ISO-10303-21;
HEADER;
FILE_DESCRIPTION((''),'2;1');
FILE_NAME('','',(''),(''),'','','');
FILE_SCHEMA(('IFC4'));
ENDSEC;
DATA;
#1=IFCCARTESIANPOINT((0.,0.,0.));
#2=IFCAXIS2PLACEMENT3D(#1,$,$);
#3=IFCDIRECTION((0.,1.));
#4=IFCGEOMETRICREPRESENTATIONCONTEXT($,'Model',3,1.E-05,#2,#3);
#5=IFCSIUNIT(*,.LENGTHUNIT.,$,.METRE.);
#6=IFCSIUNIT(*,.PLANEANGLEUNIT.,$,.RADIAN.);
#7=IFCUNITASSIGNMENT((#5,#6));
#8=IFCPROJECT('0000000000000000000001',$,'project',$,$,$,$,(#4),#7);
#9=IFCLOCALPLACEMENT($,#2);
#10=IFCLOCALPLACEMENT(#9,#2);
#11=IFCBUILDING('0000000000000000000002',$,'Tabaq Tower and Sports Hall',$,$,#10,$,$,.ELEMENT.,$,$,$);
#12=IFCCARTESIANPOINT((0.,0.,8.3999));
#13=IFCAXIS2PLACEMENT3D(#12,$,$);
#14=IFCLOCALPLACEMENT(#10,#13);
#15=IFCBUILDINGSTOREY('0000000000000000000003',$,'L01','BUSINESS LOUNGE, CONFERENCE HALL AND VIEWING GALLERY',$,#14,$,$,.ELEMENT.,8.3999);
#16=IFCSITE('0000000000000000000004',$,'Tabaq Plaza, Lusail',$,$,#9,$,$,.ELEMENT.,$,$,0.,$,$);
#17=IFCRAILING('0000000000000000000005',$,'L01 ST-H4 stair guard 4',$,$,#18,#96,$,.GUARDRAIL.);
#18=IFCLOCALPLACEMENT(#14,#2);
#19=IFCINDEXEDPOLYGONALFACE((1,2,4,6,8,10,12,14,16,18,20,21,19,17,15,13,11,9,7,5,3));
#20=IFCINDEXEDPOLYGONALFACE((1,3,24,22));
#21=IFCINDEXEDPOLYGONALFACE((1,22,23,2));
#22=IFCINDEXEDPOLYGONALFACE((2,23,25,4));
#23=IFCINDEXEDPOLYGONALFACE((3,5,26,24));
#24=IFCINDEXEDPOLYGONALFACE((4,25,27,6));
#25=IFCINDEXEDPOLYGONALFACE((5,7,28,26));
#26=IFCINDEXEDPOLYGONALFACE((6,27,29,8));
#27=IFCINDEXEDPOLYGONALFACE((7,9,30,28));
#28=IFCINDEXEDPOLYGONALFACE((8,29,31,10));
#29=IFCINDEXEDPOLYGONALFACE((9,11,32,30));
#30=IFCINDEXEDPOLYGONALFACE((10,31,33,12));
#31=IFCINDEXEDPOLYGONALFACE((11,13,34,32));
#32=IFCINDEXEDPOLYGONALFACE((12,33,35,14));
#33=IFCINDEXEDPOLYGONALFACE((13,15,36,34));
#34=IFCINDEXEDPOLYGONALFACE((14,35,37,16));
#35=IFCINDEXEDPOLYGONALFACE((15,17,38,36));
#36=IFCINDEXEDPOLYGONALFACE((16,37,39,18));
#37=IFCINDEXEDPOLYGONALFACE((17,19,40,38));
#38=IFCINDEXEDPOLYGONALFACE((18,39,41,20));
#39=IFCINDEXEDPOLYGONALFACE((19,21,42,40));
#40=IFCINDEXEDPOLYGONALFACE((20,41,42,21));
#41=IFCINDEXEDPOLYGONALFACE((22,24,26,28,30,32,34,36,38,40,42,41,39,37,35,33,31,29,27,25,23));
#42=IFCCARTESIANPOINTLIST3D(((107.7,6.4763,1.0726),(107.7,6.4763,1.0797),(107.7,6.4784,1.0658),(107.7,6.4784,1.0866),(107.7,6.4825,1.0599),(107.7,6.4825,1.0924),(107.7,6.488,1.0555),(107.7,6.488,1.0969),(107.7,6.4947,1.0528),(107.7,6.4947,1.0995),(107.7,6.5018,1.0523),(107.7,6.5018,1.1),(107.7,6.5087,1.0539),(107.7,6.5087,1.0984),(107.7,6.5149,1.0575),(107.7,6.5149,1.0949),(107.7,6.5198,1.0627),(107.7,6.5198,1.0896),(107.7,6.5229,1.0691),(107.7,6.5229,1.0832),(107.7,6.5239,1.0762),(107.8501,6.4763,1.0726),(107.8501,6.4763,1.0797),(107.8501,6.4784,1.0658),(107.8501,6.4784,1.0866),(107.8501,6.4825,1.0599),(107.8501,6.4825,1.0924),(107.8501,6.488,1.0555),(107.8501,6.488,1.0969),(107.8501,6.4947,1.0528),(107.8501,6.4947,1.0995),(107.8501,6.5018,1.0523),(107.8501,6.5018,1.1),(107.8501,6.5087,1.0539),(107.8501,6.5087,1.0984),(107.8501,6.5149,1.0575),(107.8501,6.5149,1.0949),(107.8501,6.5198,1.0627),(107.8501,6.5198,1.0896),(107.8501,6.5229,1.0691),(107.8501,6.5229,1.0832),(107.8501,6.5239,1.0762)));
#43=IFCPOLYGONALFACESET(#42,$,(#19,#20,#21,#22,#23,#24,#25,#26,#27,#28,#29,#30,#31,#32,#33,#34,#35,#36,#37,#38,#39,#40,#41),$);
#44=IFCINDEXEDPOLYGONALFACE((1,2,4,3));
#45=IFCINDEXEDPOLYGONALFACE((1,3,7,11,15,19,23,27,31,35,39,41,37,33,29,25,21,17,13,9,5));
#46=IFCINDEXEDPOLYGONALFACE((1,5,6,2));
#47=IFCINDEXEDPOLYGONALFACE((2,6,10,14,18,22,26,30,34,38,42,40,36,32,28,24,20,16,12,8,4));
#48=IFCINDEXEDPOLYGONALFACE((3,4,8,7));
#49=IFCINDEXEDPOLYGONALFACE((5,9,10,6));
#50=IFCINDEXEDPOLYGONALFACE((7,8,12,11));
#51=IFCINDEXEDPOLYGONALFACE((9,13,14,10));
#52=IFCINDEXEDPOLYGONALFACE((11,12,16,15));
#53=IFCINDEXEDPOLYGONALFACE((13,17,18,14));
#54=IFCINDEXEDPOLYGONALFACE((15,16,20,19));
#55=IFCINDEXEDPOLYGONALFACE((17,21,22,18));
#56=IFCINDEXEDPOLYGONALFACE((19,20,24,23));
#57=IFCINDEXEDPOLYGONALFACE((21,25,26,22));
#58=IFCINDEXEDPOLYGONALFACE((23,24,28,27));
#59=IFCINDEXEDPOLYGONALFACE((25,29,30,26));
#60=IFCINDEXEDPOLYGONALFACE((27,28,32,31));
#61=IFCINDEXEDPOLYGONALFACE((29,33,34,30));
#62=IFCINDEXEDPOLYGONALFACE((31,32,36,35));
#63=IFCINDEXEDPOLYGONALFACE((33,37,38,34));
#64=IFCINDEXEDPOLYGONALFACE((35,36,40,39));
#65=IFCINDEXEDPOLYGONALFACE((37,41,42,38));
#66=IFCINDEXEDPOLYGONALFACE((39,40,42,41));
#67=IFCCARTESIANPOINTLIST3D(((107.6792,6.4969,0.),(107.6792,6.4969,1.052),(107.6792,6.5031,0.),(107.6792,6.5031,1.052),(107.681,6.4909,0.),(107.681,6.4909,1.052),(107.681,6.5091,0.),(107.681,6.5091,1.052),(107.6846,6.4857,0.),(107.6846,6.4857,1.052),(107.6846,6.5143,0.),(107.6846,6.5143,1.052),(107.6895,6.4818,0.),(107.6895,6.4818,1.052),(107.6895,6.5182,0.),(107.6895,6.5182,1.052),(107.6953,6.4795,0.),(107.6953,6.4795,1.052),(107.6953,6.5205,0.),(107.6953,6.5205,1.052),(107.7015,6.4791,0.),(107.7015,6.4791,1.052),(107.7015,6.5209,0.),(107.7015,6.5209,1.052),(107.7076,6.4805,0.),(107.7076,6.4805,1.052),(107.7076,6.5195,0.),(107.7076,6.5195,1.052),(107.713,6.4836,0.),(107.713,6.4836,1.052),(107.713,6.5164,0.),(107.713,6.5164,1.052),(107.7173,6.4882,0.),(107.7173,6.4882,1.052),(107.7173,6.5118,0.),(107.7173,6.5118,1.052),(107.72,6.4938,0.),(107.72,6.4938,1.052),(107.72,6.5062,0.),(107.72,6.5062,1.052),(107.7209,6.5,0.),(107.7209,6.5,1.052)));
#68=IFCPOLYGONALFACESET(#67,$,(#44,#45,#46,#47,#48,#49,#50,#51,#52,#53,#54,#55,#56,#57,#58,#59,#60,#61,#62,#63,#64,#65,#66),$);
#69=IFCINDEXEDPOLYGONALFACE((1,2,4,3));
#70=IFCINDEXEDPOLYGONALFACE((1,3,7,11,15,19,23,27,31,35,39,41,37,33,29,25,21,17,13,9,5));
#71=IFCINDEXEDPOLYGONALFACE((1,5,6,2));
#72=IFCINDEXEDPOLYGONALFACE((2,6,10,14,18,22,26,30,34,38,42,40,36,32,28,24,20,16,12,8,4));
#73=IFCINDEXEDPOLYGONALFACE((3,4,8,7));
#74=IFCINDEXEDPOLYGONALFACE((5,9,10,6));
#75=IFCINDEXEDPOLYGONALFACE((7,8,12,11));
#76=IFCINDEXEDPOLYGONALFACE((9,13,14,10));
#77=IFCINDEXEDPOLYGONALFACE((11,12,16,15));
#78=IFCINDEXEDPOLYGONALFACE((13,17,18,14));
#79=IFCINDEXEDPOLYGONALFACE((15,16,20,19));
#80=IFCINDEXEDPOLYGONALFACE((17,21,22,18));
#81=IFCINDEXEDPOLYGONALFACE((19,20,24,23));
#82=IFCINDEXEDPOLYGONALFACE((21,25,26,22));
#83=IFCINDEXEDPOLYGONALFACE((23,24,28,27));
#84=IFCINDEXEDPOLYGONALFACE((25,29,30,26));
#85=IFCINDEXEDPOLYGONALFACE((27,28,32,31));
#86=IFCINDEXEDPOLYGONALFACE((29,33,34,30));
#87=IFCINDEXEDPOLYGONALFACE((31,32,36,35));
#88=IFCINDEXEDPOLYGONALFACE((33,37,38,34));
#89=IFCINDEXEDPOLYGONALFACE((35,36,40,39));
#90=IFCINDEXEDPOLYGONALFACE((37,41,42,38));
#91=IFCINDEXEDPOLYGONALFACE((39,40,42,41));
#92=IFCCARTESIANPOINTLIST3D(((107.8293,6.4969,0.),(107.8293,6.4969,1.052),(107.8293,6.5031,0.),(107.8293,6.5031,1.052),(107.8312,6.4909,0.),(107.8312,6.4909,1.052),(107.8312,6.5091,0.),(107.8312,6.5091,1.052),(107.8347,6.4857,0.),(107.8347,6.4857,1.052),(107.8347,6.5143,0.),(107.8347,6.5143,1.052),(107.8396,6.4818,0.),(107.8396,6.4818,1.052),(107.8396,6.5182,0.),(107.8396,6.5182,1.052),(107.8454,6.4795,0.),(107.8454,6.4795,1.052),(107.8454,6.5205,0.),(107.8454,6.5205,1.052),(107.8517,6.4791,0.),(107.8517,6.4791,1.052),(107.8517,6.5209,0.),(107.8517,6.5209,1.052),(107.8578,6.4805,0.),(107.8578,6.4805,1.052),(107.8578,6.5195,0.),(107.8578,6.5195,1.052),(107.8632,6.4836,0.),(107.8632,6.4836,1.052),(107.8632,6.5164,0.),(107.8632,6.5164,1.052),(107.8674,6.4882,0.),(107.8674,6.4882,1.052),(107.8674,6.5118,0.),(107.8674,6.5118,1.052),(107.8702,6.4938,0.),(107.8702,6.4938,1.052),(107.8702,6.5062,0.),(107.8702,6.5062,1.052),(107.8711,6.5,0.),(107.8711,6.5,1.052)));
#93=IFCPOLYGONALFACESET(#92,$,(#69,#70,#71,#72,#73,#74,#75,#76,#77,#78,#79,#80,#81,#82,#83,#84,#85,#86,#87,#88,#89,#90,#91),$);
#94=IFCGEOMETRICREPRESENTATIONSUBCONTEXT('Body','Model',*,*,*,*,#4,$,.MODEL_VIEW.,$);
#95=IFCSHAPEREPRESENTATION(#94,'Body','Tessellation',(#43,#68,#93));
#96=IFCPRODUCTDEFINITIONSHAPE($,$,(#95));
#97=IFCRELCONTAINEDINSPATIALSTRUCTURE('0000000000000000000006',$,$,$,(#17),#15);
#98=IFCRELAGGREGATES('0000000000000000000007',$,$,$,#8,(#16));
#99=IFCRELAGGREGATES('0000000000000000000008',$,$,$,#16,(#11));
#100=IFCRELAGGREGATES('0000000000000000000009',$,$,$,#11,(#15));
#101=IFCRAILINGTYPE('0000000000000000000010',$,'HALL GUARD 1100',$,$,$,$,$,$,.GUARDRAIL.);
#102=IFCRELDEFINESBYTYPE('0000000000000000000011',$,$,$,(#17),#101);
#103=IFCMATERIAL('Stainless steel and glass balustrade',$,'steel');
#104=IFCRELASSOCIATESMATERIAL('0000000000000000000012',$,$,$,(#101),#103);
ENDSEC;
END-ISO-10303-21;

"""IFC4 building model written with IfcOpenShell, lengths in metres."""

from ifc_helpers import new_model, si_unit, direction, frame, origin, origin_2d, place, context, subcontext, project, spatial, circle, extrude, material, type_object, element, save


model = new_model("IFC4")

# Units and contexts
model_context = context("Model", 3, precision=1e-05, world=origin(), true_north=direction((0.0, 1.0)))
body_context = subcontext(model_context, "Body", "Model", "MODEL_VIEW")
ifc_project = project(units=[si_unit("LENGTHUNIT", "METRE"), si_unit("PLANEANGLEUNIT", "RADIAN")], contexts=[model_context])

# Site, building, storey
site_placement = place(None, origin())
site = spatial("IfcSite", under=ifc_project, at=site_placement, Name="Tabaq Plaza, Lusail", CompositionType="ELEMENT", RefElevation=0.0)
building_placement = place(site_placement, origin())
building = spatial("IfcBuilding", under=site, at=building_placement, Name="Tabaq Tower and Sports Hall", CompositionType="ELEMENT")
storey_placement = place(building_placement, frame((0.0, 0.0, 8.3999)))
storey = spatial("IfcBuildingStorey", under=building, at=storey_placement, Name="L01", Description="BUSINESS LOUNGE, CONFERENCE HALL AND VIEWING GALLERY", CompositionType="ELEMENT", Elevation=8.3999)

# Railing
ifc_material_1 = material(Name="Stainless steel and glass balustrade", Category="steel")
railing_type_1 = type_object("IfcRailingType", Name="HALL GUARD 1100", PredefinedType="GUARDRAIL", material=ifc_material_1)
railing_1_placement = place(storey_placement, frame((107.7, 6.5, 0.0)))
element("IfcRailing", 1, at=railing_1_placement, inside=storey, type_object=railing_type_1, Name="L01 ST-H4 stair guard 4", PredefinedType="GUARDRAIL", context=body_context, shape_type="SweptSolid", body=[
    extrude(circle(Radius=0.0239, at=origin_2d()), frame((0.0, 0.0, 1.0762), z_axis=(1.0, 0.0, 0.0), x_axis=(0.0, 1.0, 0.0)), (0.0, 0.0, 1.0), 0.1501),
    extrude(circle(Radius=0.021, at=origin_2d()), origin(), (0.0, 0.0, 1.0), 1.052),
    extrude(circle(Radius=0.021, at=origin_2d()), frame((0.1501, 0.0, 0.0)), (0.0, 0.0, 1.0), 1.052),
])

save(model, "model.ifc")
